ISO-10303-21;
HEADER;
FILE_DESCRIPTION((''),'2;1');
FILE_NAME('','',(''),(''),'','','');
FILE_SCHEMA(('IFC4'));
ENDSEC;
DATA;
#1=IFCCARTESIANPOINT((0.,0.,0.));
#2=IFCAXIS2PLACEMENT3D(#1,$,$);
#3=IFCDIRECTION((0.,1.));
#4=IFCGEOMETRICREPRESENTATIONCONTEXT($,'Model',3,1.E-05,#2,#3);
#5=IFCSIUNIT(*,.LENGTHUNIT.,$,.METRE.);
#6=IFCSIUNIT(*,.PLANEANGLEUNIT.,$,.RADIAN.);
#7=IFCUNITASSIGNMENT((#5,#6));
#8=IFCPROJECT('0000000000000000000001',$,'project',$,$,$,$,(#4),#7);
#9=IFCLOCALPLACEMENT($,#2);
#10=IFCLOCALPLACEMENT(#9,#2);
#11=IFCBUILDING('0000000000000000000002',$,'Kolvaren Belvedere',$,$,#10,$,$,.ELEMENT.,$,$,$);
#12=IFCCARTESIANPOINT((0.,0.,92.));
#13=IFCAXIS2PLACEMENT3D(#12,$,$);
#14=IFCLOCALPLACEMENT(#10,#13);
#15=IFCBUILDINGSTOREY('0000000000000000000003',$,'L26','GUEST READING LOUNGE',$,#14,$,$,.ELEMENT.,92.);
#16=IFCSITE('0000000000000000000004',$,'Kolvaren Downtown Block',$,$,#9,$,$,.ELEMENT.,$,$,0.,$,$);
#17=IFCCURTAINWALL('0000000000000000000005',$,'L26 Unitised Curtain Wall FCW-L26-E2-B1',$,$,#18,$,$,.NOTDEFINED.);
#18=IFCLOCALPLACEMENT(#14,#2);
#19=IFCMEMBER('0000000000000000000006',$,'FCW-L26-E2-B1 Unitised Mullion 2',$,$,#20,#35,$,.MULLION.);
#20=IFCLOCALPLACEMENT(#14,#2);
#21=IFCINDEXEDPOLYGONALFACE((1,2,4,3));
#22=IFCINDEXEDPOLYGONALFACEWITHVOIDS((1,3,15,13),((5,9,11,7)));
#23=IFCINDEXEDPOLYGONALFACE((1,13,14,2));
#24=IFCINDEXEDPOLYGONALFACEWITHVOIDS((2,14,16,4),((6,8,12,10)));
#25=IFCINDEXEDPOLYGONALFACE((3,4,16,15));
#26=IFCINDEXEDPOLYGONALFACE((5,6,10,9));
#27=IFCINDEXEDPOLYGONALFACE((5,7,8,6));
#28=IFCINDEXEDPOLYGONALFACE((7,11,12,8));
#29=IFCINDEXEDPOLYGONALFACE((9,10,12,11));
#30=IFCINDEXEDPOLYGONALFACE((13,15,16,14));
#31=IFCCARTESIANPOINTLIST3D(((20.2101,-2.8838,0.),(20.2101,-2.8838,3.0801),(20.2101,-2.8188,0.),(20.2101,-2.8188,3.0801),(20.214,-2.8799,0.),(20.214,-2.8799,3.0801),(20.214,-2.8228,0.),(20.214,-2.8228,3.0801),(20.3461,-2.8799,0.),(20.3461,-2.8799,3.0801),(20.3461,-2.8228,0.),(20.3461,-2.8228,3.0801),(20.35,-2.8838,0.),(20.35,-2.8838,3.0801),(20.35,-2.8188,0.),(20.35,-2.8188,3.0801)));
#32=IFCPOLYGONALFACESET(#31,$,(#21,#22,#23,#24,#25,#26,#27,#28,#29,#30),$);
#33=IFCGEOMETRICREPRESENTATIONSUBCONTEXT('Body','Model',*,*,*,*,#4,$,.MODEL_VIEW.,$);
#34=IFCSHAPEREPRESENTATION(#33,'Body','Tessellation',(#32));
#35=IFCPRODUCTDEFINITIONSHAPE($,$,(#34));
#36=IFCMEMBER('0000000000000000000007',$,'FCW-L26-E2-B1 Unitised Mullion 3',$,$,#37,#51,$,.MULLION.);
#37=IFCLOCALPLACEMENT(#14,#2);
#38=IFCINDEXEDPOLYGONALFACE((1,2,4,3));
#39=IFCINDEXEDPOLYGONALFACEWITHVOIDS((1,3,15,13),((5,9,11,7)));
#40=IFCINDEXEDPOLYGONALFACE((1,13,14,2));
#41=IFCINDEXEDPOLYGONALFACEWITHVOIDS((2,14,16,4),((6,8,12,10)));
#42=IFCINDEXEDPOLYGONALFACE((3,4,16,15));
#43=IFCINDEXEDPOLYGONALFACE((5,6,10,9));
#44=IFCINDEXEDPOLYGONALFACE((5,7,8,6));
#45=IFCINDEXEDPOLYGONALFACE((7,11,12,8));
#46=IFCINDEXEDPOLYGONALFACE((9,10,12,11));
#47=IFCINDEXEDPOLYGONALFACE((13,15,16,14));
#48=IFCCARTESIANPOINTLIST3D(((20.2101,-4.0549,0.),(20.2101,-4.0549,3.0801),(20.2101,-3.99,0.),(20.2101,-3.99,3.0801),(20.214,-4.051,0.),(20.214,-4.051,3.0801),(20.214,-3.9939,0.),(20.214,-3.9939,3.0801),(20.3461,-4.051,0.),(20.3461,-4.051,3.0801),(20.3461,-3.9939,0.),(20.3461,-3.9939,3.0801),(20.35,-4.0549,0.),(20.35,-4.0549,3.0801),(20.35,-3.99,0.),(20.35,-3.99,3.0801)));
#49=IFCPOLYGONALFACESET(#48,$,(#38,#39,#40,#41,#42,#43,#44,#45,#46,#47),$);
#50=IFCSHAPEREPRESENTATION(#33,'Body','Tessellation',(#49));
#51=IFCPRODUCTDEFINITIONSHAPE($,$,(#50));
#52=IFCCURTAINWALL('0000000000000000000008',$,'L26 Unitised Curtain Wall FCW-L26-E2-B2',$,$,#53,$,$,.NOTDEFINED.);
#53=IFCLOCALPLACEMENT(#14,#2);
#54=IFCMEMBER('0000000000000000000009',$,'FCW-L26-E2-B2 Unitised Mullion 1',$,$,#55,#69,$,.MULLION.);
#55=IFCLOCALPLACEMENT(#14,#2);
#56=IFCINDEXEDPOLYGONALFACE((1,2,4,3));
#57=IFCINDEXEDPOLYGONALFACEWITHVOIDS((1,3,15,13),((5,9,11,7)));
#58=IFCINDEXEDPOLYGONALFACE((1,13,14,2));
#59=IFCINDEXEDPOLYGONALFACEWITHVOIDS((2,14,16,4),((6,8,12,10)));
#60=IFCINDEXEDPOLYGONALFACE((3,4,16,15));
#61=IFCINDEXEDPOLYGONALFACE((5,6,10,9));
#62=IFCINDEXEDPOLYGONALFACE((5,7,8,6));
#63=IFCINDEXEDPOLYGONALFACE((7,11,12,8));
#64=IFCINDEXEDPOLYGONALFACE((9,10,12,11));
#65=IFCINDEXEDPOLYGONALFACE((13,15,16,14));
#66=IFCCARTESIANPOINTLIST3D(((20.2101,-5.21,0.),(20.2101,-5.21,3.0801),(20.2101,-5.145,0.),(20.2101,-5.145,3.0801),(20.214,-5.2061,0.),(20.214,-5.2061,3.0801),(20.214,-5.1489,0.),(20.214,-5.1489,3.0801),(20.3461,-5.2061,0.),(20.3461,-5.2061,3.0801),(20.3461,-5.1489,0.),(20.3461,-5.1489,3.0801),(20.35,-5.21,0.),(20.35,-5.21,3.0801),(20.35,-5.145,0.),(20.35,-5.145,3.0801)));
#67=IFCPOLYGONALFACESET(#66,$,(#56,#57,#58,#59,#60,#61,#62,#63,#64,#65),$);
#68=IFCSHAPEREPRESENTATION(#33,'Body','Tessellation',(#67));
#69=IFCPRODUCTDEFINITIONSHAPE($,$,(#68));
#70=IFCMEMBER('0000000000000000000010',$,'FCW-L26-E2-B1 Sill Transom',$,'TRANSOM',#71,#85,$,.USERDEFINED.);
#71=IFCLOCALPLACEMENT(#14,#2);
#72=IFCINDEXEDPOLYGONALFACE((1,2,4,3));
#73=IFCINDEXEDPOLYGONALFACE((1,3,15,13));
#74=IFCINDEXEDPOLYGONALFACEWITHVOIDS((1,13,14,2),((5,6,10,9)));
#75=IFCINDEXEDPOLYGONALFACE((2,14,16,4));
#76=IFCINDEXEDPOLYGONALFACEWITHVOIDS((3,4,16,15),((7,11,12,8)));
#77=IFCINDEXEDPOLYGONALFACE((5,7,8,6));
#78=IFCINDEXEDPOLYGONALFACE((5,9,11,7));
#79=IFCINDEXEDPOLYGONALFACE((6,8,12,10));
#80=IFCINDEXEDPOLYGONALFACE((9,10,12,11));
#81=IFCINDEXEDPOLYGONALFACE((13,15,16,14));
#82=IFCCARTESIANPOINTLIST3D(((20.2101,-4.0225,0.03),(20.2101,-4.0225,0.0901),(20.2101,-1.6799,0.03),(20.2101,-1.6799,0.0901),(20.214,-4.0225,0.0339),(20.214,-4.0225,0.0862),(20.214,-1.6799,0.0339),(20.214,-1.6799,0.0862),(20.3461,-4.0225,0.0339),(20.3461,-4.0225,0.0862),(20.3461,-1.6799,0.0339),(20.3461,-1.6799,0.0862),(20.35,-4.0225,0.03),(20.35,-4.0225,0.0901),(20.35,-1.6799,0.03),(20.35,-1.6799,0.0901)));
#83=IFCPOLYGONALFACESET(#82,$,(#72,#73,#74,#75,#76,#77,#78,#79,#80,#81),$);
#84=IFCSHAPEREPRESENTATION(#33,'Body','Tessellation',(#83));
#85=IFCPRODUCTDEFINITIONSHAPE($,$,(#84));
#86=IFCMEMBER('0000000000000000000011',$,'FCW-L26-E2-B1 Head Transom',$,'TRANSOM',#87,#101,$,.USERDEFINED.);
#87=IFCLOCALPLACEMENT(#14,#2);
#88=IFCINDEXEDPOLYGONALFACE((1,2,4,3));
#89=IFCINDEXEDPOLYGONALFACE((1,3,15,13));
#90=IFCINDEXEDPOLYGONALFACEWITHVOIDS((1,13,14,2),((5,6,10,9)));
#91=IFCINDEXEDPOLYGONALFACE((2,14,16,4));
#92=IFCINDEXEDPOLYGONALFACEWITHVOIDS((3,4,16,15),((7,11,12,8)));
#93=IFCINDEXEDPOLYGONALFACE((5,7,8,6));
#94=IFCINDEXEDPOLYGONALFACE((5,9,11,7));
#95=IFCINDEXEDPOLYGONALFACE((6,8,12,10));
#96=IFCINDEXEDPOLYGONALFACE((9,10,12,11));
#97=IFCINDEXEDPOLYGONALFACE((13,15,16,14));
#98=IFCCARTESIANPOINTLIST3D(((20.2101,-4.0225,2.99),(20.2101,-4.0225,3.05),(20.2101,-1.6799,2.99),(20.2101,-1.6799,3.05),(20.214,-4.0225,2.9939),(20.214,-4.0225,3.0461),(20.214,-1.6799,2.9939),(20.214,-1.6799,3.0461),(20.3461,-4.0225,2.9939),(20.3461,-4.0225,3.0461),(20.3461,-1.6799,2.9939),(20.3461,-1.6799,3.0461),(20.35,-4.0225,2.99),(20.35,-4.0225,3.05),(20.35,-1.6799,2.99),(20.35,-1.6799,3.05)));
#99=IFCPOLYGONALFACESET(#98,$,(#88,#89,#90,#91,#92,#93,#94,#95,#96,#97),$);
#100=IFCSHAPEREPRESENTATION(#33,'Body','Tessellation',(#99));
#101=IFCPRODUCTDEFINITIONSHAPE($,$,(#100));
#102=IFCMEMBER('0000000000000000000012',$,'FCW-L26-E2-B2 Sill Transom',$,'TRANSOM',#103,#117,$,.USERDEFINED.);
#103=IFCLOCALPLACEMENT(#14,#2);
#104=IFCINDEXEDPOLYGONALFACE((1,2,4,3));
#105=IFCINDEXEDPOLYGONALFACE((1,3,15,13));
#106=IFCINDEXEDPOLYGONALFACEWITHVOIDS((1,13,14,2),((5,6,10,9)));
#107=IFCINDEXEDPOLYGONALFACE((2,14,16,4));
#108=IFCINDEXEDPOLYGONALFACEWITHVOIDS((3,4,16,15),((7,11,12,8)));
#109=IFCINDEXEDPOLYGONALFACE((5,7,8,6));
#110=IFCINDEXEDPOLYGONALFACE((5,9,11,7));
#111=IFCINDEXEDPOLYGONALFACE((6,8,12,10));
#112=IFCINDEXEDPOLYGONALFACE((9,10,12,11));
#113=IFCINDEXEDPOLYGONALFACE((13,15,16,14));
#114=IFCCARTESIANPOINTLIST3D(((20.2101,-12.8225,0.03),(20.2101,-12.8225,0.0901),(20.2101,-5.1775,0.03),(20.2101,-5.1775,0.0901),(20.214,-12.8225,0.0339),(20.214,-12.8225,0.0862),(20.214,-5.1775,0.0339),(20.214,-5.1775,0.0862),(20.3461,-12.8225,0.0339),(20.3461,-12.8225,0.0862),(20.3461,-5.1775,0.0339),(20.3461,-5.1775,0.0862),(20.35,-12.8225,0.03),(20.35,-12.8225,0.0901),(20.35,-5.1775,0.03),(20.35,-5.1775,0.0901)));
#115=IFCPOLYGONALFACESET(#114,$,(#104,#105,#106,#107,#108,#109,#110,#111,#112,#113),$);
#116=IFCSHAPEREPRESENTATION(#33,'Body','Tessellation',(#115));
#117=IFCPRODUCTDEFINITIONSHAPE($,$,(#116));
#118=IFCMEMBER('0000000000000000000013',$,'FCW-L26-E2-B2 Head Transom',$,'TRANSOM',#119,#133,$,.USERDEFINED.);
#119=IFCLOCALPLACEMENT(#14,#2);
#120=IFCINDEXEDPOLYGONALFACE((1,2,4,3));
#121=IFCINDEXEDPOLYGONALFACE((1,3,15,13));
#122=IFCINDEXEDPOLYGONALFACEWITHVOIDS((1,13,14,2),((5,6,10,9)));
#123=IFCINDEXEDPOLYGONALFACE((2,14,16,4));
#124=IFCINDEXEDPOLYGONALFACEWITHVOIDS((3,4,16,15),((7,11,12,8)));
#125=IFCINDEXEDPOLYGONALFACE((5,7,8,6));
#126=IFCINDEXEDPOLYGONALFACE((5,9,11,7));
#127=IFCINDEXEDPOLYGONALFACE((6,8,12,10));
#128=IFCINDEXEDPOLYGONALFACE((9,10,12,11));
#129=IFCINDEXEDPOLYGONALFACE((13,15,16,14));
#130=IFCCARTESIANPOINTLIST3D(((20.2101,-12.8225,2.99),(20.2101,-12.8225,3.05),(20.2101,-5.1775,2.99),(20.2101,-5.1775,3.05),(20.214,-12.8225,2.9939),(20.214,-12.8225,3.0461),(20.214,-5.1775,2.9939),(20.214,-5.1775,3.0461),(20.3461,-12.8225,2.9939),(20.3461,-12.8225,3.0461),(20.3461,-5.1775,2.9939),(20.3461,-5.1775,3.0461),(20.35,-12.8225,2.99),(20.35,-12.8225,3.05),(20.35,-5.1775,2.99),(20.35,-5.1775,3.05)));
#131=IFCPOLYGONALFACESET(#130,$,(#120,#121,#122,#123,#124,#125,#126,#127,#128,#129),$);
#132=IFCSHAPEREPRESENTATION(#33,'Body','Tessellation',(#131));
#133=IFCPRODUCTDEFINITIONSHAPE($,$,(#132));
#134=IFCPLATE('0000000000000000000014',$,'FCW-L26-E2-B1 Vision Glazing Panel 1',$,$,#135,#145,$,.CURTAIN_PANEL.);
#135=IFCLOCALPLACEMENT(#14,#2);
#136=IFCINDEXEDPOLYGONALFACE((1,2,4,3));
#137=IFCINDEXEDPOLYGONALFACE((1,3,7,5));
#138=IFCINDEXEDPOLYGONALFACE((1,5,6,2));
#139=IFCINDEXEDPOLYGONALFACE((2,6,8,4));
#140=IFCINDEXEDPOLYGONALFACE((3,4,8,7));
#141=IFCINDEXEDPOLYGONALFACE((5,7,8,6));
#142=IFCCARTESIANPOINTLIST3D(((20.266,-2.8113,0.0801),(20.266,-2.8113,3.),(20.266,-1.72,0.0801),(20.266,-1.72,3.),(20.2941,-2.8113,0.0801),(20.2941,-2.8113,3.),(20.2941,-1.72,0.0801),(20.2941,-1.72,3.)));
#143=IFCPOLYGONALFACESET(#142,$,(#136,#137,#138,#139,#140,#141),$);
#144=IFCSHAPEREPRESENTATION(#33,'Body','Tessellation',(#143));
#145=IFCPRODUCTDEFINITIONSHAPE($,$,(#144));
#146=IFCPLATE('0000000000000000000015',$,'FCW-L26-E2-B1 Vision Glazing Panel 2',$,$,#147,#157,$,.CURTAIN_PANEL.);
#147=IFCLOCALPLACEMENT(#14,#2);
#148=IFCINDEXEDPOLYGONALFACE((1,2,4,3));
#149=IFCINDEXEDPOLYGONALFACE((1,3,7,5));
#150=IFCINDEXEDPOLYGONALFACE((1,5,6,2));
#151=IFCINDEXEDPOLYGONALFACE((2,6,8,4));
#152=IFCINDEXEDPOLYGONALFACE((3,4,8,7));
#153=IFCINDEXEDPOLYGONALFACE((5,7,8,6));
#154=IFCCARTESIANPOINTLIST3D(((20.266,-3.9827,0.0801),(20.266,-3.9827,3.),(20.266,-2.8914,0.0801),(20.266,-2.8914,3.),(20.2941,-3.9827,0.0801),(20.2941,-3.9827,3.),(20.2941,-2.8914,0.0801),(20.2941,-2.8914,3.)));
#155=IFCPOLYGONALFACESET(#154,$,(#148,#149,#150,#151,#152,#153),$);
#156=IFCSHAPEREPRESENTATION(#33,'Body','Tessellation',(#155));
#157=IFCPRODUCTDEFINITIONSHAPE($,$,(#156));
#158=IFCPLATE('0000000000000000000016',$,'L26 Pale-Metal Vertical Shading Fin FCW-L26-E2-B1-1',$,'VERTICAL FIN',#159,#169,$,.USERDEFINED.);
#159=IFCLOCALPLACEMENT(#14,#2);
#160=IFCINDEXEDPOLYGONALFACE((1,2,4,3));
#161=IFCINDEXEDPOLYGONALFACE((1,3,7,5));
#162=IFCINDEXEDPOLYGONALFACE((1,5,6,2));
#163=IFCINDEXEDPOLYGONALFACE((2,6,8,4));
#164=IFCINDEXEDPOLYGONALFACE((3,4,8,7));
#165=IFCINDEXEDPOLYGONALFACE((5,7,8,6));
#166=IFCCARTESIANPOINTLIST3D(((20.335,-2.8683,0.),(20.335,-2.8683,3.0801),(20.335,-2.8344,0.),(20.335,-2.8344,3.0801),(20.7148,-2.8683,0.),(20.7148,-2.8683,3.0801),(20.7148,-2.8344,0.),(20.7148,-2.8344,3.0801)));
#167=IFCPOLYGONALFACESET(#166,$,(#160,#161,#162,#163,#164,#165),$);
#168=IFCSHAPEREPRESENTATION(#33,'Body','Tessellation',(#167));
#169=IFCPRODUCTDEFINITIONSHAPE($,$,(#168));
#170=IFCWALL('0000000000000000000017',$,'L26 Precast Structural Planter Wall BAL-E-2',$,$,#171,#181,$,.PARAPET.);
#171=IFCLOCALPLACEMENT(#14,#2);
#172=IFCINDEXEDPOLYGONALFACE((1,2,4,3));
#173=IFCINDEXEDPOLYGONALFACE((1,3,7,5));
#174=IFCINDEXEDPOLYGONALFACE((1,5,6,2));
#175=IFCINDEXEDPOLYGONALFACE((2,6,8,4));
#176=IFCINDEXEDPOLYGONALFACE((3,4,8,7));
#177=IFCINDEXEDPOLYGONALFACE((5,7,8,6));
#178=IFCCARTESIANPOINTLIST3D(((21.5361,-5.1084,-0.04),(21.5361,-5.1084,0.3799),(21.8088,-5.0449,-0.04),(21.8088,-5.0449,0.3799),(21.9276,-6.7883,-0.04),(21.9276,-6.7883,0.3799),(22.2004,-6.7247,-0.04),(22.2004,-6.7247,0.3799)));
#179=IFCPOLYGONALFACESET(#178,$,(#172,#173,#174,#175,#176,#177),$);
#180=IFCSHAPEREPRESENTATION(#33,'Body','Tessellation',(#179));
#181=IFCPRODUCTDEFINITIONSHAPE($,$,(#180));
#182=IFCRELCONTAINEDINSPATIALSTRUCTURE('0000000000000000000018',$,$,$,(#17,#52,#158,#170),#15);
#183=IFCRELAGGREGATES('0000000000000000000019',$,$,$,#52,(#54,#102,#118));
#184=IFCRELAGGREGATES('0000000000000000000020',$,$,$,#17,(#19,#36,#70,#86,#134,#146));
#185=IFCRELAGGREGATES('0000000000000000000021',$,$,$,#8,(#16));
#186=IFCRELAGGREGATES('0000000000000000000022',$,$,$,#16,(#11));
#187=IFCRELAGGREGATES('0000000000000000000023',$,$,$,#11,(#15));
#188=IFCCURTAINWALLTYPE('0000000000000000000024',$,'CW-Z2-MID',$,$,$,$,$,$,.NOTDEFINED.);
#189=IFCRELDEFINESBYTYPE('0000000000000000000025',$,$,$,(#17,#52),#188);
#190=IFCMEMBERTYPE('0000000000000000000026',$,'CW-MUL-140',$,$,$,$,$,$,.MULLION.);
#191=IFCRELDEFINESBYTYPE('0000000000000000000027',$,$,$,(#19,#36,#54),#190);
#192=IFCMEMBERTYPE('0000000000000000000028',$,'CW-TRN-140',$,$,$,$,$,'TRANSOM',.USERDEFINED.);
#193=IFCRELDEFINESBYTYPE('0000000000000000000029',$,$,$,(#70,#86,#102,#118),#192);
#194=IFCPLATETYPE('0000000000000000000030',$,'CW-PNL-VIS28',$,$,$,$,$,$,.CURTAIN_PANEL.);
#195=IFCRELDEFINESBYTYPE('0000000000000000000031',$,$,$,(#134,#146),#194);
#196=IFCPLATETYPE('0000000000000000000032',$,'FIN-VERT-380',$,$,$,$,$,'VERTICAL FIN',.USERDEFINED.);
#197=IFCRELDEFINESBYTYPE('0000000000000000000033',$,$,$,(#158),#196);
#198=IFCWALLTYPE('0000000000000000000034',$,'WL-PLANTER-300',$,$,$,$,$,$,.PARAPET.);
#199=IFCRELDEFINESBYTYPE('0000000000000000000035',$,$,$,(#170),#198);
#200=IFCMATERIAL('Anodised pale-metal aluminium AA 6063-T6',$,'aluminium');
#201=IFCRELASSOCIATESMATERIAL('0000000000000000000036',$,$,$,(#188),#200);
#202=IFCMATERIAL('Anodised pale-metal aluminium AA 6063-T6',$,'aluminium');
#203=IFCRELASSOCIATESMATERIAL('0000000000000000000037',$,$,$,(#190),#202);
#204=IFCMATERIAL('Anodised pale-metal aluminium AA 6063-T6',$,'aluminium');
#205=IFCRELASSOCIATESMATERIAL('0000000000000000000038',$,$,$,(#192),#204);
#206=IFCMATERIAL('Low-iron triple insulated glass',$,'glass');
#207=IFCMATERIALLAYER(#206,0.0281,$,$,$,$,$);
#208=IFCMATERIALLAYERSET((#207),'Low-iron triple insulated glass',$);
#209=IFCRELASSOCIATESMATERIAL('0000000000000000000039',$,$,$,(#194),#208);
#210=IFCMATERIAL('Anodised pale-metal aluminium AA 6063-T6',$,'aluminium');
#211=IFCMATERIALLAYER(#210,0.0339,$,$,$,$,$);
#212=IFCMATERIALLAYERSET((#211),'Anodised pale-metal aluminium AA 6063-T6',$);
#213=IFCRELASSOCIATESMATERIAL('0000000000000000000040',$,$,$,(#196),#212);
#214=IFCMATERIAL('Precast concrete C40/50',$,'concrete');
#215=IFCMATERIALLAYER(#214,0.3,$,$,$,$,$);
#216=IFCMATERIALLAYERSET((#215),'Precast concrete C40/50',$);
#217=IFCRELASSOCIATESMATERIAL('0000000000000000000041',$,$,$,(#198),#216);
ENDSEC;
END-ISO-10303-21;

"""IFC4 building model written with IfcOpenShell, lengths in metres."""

from ifc_helpers import new_model, si_unit, direction, frame, frame_2d, origin, origin_2d, place, context, subcontext, project, spatial, rectangle, hollow_rectangle, extrude, material, layer, layer_set, material_profile, profile_set, type_object, element, aggregate, save


model = new_model("IFC4")

# Units and contexts
model_context = context("Model", 3, precision=1e-05, world=origin(), true_north=direction((0.0, 1.0)))
body_context = subcontext(model_context, "Body", "Model", "MODEL_VIEW")
ifc_project = project(units=[si_unit("LENGTHUNIT", "METRE"), si_unit("PLANEANGLEUNIT", "RADIAN")], contexts=[model_context])

# Site, building, storey
site_placement = place(None, origin())
site = spatial("IfcSite", under=ifc_project, at=site_placement, Name="Kolvaren Downtown Block", CompositionType="ELEMENT", RefElevation=0.0)
building_placement = place(site_placement, origin())
building = spatial("IfcBuilding", under=site, at=building_placement, Name="Kolvaren Belvedere", CompositionType="ELEMENT")
storey_placement = place(building_placement, frame((0.0, 0.0, 92.0)))
storey = spatial("IfcBuildingStorey", under=building, at=storey_placement, Name="L26", Description="GUEST READING LOUNGE", CompositionType="ELEMENT", Elevation=92.0)

# Curtain wall, members
ifc_material_1 = material(Name="Anodised pale-metal aluminium AA 6063-T6", Category="aluminium")
curtain_wall_type = type_object("IfcCurtainWallType", Name="CW-Z2-MID", PredefinedType="NOTDEFINED", material=ifc_material_1)
curtain_wall_1_placement = place(storey_placement, origin())
curtain_wall_1 = element("IfcCurtainWall", 1, at=curtain_wall_1_placement, inside=storey, type_object=curtain_wall_type, Name="L26 Unitised Curtain Wall FCW-L26-E2-B1", PredefinedType="NOTDEFINED")
ifc_material_2 = material(Name="Anodised pale-metal aluminium AA 6063-T6", Category="aluminium")
ifc_material_profile_1 = material_profile(ifc_material_2, hollow_rectangle(XDim=0.0649, YDim=0.1399, WallThickness=0.0039, at=origin_2d()), Name="ALU-MUL-140X65")
ifc_profile_set_1 = profile_set([ifc_material_profile_1], Name="Anodised pale-metal aluminium AA 6063-T6")
member_type_1 = type_object("IfcMemberType", Name="CW-MUL-140", PredefinedType="MULLION", material=ifc_profile_set_1)
member_1_placement = place(storey_placement, frame((20.28, -2.8513, 0.0), z_axis=(0.0, 0.0, 1.0), x_axis=(0.0, 1.0, 0.0)))
member_1 = element("IfcMember", 2, at=member_1_placement, type_object=member_type_1, Name="FCW-L26-E2-B1 Unitised Mullion 2", PredefinedType="MULLION", context=body_context, shape_type="SweptSolid", body=[
    extrude(hollow_rectangle(XDim=0.0649, YDim=0.1399, WallThickness=0.0039, at=origin_2d()), origin(), (0.0, 0.0, 1.0), 3.0801),
])
member_2_placement = place(storey_placement, frame((20.28, -4.0225, 0.0), z_axis=(0.0, 0.0, 1.0), x_axis=(0.0, 1.0, 0.0)))
member_2 = element("IfcMember", 3, at=member_2_placement, type_object=member_type_1, Name="FCW-L26-E2-B1 Unitised Mullion 3", PredefinedType="MULLION", context=body_context, shape_type="SweptSolid", body=[
    extrude(hollow_rectangle(XDim=0.0649, YDim=0.1399, WallThickness=0.0039, at=origin_2d()), origin(), (0.0, 0.0, 1.0), 3.0801),
])

# Curtain wall, member
curtain_wall_2_placement = place(storey_placement, origin())
curtain_wall_2 = element("IfcCurtainWall", 4, at=curtain_wall_2_placement, inside=storey, type_object=curtain_wall_type, Name="L26 Unitised Curtain Wall FCW-L26-E2-B2", PredefinedType="NOTDEFINED")
member_3_placement = place(storey_placement, frame((20.28, -5.1775, 0.0), z_axis=(0.0, 0.0, 1.0), x_axis=(0.0, 1.0, 0.0)))
member_3 = element("IfcMember", 5, at=member_3_placement, type_object=member_type_1, Name="FCW-L26-E2-B2 Unitised Mullion 1", PredefinedType="MULLION", context=body_context, shape_type="SweptSolid", body=[
    extrude(hollow_rectangle(XDim=0.0649, YDim=0.1399, WallThickness=0.0039, at=origin_2d()), origin(), (0.0, 0.0, 1.0), 3.0801),
])

# Members
ifc_material_3 = material(Name="Anodised pale-metal aluminium AA 6063-T6", Category="aluminium")
ifc_material_profile_2 = material_profile(ifc_material_3, hollow_rectangle(XDim=0.0601, YDim=0.1399, WallThickness=0.0039, at=origin_2d()), Name="ALU-TRN-140X60")
ifc_profile_set_2 = profile_set([ifc_material_profile_2], Name="Anodised pale-metal aluminium AA 6063-T6")
member_type_2 = type_object("IfcMemberType", Name="CW-TRN-140", ElementType="TRANSOM", PredefinedType="USERDEFINED", material=ifc_profile_set_2)
member_4_placement = place(storey_placement, frame((20.28, -1.6799, 0.0601), z_axis=(0.0, -1.0, 0.0), x_axis=(0.0, 0.0, 1.0)))
member_4 = element("IfcMember", 6, at=member_4_placement, type_object=member_type_2, Name="FCW-L26-E2-B1 Sill Transom", ObjectType="TRANSOM", PredefinedType="USERDEFINED", context=body_context, shape_type="SweptSolid", body=[
    extrude(hollow_rectangle(XDim=0.0601, YDim=0.1399, WallThickness=0.0039, at=origin_2d()), origin(), (0.0, 0.0, 1.0), 2.3425),
])
member_5_placement = place(storey_placement, frame((20.28, -1.6799, 3.02), z_axis=(0.0, -1.0, 0.0), x_axis=(0.0, 0.0, 1.0)))
member_5 = element("IfcMember", 7, at=member_5_placement, type_object=member_type_2, Name="FCW-L26-E2-B1 Head Transom", ObjectType="TRANSOM", PredefinedType="USERDEFINED", context=body_context, shape_type="SweptSolid", body=[
    extrude(hollow_rectangle(XDim=0.0601, YDim=0.1399, WallThickness=0.0039, at=origin_2d()), origin(), (0.0, 0.0, 1.0), 2.3425),
])
member_6_placement = place(storey_placement, frame((20.28, -5.1775, 0.0601), z_axis=(0.0, -1.0, 0.0), x_axis=(0.0, 0.0, 1.0)))
member_6 = element("IfcMember", 8, at=member_6_placement, type_object=member_type_2, Name="FCW-L26-E2-B2 Sill Transom", ObjectType="TRANSOM", PredefinedType="USERDEFINED", context=body_context, shape_type="SweptSolid", body=[
    extrude(hollow_rectangle(XDim=0.0601, YDim=0.1399, WallThickness=0.0039, at=origin_2d()), origin(), (0.0, 0.0, 1.0), 7.645),
])
member_7_placement = place(storey_placement, frame((20.28, -5.1775, 3.02), z_axis=(0.0, -1.0, 0.0), x_axis=(0.0, 0.0, 1.0)))
member_7 = element("IfcMember", 9, at=member_7_placement, type_object=member_type_2, Name="FCW-L26-E2-B2 Head Transom", ObjectType="TRANSOM", PredefinedType="USERDEFINED", context=body_context, shape_type="SweptSolid", body=[
    extrude(hollow_rectangle(XDim=0.0601, YDim=0.1399, WallThickness=0.0039, at=origin_2d()), origin(), (0.0, 0.0, 1.0), 7.645),
])
aggregate(curtain_wall_2, [member_3, member_6, member_7])

# Plates
ifc_material_4 = material(Name="Low-iron triple insulated glass", Category="glass")
ifc_layer_1 = layer(ifc_material_4, 0.0281)
ifc_layer_set_1 = layer_set([ifc_layer_1], Name="Low-iron triple insulated glass")
plate_type_1 = type_object("IfcPlateType", Name="CW-PNL-VIS28", PredefinedType="CURTAIN_PANEL", material=ifc_layer_set_1)
plate_1_placement = place(storey_placement, frame((20.28, -2.2656, 0.0801), z_axis=(0.0, 0.0, 1.0), x_axis=(0.0, -1.0, 0.0)))
plate_1 = element("IfcPlate", 10, at=plate_1_placement, type_object=plate_type_1, Name="FCW-L26-E2-B1 Vision Glazing Panel 1", PredefinedType="CURTAIN_PANEL", context=body_context, shape_type="SweptSolid", body=[
    extrude(rectangle(XDim=1.0913, YDim=0.0281, at=origin_2d()), origin(), (0.0, 0.0, 1.0), 2.9199),
])
plate_2_placement = place(storey_placement, frame((20.28, -3.437, 0.0801), z_axis=(0.0, 0.0, 1.0), x_axis=(0.0, -1.0, 0.0)))
plate_2 = element("IfcPlate", 11, at=plate_2_placement, type_object=plate_type_1, Name="FCW-L26-E2-B1 Vision Glazing Panel 2", PredefinedType="CURTAIN_PANEL", context=body_context, shape_type="SweptSolid", body=[
    extrude(rectangle(XDim=1.0913, YDim=0.0281, at=origin_2d()), origin(), (0.0, 0.0, 1.0), 2.9199),
])
aggregate(curtain_wall_1, [member_1, member_2, member_4, member_5, plate_1, plate_2])
ifc_material_5 = material(Name="Anodised pale-metal aluminium AA 6063-T6", Category="aluminium")
ifc_layer_2 = layer(ifc_material_5, 0.0339)
ifc_layer_set_2 = layer_set([ifc_layer_2], Name="Anodised pale-metal aluminium AA 6063-T6")
plate_type_2 = type_object("IfcPlateType", Name="FIN-VERT-380", ElementType="VERTICAL FIN", PredefinedType="USERDEFINED", material=ifc_layer_set_2)
plate_3_placement = place(storey_placement, frame((20.5249, -2.8513, 0.0), z_axis=(0.0, 0.0, 1.0), x_axis=(1.0, 0.0, 0.0)))
element("IfcPlate", 12, at=plate_3_placement, inside=storey, type_object=plate_type_2, Name="L26 Pale-Metal Vertical Shading Fin FCW-L26-E2-B1-1", ObjectType="VERTICAL FIN", PredefinedType="USERDEFINED", context=body_context, shape_type="SweptSolid", body=[
    extrude(rectangle(XDim=0.3799, YDim=0.0339, at=origin_2d()), origin(), (0.0, 0.0, 1.0), 3.0801),
])

# Wall
ifc_material_6 = material(Name="Precast concrete C40/50", Category="concrete")
ifc_layer_3 = layer(ifc_material_6, 0.3)
ifc_layer_set_3 = layer_set([ifc_layer_3], Name="Precast concrete C40/50")
wall_type = type_object("IfcWallType", Name="WL-PLANTER-300", PredefinedType="PARAPET", material=ifc_layer_set_3)
wall_1_placement = place(storey_placement, frame((22.064, -6.7563, -0.04), z_axis=(0.0, 0.0, 1.0), x_axis=(-0.227019, 0.97389, 0.0)))
element("IfcWall", 13, at=wall_1_placement, inside=storey, type_object=wall_type, Name="L26 Precast Structural Planter Wall BAL-E-2", PredefinedType="PARAPET", context=body_context, shape_type="SweptSolid", body=[
    extrude(rectangle(XDim=1.7249, YDim=0.28, at=frame_2d((0.8623, 0.0))), origin(), (0.0, 0.0, 1.0), 0.4199),
])

save(model, "model.ifc")
